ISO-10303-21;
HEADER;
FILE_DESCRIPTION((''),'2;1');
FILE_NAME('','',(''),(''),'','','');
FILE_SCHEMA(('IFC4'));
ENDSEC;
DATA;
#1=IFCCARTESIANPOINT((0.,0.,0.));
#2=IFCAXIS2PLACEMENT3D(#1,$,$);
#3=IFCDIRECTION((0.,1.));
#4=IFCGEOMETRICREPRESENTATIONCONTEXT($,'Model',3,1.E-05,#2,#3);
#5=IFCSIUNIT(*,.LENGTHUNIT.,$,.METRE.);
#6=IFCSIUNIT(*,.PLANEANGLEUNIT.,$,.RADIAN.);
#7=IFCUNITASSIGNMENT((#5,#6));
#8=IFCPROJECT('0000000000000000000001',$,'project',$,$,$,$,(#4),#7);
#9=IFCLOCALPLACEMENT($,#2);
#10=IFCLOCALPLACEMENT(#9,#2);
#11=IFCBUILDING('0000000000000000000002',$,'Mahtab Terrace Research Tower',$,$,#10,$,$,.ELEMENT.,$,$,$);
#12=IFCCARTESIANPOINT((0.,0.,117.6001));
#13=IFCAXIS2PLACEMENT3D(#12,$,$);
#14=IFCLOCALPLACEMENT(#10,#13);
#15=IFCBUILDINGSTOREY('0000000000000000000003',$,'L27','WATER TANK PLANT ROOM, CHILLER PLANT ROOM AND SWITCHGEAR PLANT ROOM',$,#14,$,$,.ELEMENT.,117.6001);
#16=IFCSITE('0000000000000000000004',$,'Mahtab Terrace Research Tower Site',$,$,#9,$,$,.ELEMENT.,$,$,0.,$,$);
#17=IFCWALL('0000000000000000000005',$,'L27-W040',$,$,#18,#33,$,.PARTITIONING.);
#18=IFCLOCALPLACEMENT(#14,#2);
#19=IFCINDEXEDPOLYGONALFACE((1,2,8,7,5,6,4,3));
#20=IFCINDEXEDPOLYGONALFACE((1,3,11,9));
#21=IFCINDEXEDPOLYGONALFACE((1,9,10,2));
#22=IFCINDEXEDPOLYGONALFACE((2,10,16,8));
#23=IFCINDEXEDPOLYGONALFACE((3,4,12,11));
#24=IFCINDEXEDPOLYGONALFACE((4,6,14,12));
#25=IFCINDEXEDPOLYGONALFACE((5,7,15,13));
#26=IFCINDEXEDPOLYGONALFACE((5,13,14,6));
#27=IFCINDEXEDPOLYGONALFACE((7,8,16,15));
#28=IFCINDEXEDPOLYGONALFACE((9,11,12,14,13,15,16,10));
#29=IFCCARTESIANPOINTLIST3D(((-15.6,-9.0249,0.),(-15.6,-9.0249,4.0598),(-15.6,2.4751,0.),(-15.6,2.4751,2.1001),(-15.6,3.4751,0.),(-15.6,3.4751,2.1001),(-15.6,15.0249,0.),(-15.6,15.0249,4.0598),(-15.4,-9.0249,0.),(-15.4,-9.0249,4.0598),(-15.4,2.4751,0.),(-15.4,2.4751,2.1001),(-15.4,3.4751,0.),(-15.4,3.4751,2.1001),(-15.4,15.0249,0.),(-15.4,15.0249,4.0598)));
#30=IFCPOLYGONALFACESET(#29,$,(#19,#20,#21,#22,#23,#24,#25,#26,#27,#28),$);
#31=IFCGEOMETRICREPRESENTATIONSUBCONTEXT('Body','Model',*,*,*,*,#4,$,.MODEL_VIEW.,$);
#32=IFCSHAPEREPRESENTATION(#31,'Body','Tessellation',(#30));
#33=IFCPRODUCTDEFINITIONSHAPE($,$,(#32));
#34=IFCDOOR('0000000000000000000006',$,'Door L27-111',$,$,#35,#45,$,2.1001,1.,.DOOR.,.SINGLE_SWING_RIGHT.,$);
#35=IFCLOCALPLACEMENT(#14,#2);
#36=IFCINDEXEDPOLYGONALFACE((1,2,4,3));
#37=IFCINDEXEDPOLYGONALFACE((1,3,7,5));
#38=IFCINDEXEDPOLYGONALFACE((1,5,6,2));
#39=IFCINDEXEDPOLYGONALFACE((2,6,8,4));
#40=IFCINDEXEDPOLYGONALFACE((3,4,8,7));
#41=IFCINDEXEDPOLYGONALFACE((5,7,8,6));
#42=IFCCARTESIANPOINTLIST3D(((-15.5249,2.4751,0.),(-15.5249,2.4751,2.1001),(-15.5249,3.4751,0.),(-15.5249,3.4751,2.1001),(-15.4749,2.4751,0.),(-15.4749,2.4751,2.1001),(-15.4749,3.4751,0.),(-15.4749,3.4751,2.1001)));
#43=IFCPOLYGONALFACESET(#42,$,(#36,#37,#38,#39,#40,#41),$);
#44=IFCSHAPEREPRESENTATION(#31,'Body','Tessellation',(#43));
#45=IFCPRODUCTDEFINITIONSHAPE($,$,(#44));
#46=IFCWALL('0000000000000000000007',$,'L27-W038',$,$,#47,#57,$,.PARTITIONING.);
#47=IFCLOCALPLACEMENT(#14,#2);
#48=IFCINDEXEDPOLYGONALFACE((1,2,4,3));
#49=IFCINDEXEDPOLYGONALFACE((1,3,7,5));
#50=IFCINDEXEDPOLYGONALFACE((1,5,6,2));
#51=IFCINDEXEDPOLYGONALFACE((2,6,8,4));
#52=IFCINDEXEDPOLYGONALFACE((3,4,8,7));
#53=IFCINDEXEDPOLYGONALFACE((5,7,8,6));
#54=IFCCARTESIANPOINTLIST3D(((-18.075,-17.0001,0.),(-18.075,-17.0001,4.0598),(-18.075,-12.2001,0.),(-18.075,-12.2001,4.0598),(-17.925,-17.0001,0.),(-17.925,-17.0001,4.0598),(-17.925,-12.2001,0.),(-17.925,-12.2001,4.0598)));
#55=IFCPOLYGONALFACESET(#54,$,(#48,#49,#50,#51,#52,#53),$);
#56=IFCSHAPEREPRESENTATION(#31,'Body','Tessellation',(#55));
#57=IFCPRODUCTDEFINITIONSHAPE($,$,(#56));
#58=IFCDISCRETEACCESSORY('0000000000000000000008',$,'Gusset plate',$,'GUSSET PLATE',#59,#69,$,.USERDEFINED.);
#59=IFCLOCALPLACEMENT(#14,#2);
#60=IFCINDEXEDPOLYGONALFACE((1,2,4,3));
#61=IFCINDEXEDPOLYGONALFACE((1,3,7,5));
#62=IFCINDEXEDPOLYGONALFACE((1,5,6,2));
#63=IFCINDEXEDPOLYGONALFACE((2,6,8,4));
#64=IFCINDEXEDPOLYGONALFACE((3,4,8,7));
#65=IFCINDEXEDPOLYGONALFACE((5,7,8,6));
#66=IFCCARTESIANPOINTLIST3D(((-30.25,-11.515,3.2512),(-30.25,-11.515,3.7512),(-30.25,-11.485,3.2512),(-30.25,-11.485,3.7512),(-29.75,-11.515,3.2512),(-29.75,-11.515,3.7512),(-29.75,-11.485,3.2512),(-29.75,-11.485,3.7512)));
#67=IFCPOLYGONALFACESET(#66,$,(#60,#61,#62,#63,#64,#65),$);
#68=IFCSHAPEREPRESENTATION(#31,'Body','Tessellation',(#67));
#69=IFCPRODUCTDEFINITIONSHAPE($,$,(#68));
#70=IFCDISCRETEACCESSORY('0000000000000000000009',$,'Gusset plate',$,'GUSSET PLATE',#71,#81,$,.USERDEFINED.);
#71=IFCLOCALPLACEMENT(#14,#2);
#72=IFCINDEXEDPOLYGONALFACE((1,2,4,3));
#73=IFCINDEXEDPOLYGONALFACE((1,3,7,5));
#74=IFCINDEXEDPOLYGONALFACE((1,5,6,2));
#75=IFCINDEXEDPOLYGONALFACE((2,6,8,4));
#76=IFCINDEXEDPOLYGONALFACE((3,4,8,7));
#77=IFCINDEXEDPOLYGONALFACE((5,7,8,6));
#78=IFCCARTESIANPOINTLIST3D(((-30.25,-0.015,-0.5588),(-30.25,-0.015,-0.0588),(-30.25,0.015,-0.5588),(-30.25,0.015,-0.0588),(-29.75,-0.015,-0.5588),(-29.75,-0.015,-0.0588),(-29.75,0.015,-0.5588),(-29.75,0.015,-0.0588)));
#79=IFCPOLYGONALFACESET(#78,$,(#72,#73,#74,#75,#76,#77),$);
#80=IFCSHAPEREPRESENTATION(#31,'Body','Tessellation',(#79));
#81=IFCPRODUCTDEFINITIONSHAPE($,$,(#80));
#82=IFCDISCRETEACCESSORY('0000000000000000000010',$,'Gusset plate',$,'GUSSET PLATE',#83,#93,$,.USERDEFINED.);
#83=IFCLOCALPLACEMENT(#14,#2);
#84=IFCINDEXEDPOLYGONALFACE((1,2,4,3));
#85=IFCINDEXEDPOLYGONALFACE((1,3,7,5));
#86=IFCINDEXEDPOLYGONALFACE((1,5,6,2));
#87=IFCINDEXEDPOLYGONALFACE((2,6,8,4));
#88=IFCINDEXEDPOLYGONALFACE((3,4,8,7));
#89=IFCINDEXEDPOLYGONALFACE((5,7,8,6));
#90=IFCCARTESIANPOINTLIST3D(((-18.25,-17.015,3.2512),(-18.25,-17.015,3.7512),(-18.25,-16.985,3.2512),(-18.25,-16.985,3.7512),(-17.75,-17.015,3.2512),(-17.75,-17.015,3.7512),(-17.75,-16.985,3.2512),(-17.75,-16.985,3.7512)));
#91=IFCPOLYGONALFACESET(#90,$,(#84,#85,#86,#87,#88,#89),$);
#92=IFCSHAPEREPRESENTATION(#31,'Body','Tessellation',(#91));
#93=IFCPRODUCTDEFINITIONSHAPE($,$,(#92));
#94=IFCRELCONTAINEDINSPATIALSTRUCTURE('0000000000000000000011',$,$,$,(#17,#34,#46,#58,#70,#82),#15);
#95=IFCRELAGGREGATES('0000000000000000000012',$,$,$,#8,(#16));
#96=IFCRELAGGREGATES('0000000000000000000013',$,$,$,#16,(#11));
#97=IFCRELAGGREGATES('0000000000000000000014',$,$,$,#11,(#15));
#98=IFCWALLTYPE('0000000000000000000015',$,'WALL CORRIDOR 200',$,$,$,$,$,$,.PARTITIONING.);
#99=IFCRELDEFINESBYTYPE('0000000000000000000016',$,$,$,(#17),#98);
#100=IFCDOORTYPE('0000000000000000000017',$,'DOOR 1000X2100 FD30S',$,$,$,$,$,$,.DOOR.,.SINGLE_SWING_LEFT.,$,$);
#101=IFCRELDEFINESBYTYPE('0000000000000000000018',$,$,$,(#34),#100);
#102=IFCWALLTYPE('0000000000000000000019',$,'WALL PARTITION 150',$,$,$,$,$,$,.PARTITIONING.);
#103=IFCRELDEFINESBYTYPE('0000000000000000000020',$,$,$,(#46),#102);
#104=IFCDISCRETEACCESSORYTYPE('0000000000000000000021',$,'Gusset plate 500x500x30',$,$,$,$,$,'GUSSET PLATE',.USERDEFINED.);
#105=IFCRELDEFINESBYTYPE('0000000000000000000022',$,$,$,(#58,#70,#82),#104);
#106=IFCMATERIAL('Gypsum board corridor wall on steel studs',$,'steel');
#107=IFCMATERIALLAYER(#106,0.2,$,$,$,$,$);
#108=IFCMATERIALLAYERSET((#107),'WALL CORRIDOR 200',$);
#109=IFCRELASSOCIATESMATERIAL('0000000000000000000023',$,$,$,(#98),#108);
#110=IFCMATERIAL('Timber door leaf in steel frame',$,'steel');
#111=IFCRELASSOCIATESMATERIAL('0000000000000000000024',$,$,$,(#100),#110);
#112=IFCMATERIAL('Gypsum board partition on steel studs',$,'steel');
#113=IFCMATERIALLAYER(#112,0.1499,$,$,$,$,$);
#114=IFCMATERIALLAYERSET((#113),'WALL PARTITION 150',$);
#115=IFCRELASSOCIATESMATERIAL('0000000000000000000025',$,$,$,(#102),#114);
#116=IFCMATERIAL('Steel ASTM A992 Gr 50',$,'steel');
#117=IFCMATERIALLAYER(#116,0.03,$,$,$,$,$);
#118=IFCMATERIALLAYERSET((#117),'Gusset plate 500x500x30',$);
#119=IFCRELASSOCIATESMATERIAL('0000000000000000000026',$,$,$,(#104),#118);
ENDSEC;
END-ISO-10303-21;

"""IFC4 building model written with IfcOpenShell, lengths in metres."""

from ifc_helpers import new_model, si_unit, direction, frame, frame_2d, origin, origin_2d, place, context, subcontext, project, spatial, rectangle, extrude, material, layer, layer_set, type_object, element, fill, save


model = new_model("IFC4")

# Units and contexts
model_context = context("Model", 3, precision=1e-05, world=origin(), true_north=direction((0.0, 1.0)))
body_context = subcontext(model_context, "Body", "Model", "MODEL_VIEW")
ifc_project = project(units=[si_unit("LENGTHUNIT", "METRE"), si_unit("PLANEANGLEUNIT", "RADIAN")], contexts=[model_context])

# Site, building, storey
site_placement = place(None, origin())
site = spatial("IfcSite", under=ifc_project, at=site_placement, Name="Mahtab Terrace Research Tower Site", CompositionType="ELEMENT", RefElevation=0.0)
building_placement = place(site_placement, origin())
building = spatial("IfcBuilding", under=site, at=building_placement, Name="Mahtab Terrace Research Tower", CompositionType="ELEMENT")
storey_placement = place(building_placement, frame((0.0, 0.0, 117.6001)))
storey = spatial("IfcBuildingStorey", under=building, at=storey_placement, Name="L27", Description="WATER TANK PLANT ROOM, CHILLER PLANT ROOM AND SWITCHGEAR PLANT ROOM", CompositionType="ELEMENT", Elevation=117.6001)

# Shared definitions
ifc_material_1 = material(Name="Gypsum board corridor wall on steel studs", Category="steel")
ifc_layer_1 = layer(ifc_material_1, 0.2)
ifc_layer_set_1 = layer_set([ifc_layer_1], Name="WALL CORRIDOR 200")
wall_type_1 = type_object("IfcWallType", Name="WALL CORRIDOR 200", PredefinedType="PARTITIONING", material=ifc_layer_set_1)
ifc_material_2 = material(Name="Timber door leaf in steel frame", Category="steel")
door_type_1 = type_object("IfcDoorType", Name="DOOR 1000X2100 FD30S", OperationType="SINGLE_SWING_LEFT", PredefinedType="DOOR", material=ifc_material_2)

# Wall, opening, door
wall_1_placement = place(storey_placement, frame((-15.5, -9.0249, 0.0), z_axis=(0.0, 0.0, 1.0), x_axis=(0.0, 1.0, 0.0)))
wall_1 = element("IfcWall", 1, at=wall_1_placement, inside=storey, type_object=wall_type_1, Name="L27-W040", PredefinedType="PARTITIONING", context=body_context, shape_type="SweptSolid", body=[
    extrude(rectangle(XDim=24.0498, YDim=0.2, at=frame_2d((12.0249, 0.0))), origin(), (0.0, 0.0, 1.0), 4.0598),
])
opening_1_placement = place(wall_1_placement, frame((11.5, 0.0, 0.0)))
opening_1 = element("IfcOpeningElement", 2, at=opening_1_placement, cuts=wall_1, PredefinedType="OPENING", context=body_context, shape_type="SweptSolid", body=[
    extrude(rectangle(XDim=1.0, YDim=2.1001, at=frame_2d((0.5, 1.05))), frame((0.0, 0.1099, 0.0), z_axis=(0.0, -1.0, 0.0), x_axis=(1.0, 0.0, 0.0)), (0.0, 0.0, 1.0), 0.22),
])
door_1_placement = place(opening_1_placement, origin())
door_1 = element("IfcDoor", 3, at=door_1_placement, inside=storey, type_object=door_type_1, Name="Door L27-111", OperationType="SINGLE_SWING_RIGHT", OverallHeight=2.1001, OverallWidth=1.0, PredefinedType="DOOR", context=body_context, shape_type="SweptSolid", body=[
    extrude(rectangle(XDim=1.0, YDim=2.1001, at=frame_2d((0.5, 1.05))), frame((0.0, 0.0249, 0.0), z_axis=(0.0, -1.0, 0.0), x_axis=(1.0, 0.0, 0.0)), (0.0, 0.0, 1.0), 0.05),
])
fill(opening_1, door_1)

# Wall
ifc_material_3 = material(Name="Gypsum board partition on steel studs", Category="steel")
ifc_layer_2 = layer(ifc_material_3, 0.1499)
ifc_layer_set_2 = layer_set([ifc_layer_2], Name="WALL PARTITION 150")
wall_type_2 = type_object("IfcWallType", Name="WALL PARTITION 150", PredefinedType="PARTITIONING", material=ifc_layer_set_2)
wall_2_placement = place(storey_placement, frame((-18.0, -17.0, 0.0), z_axis=(0.0, 0.0, 1.0), x_axis=(0.0, 1.0, 0.0)))
element("IfcWall", 4, at=wall_2_placement, inside=storey, type_object=wall_type_2, Name="L27-W038", PredefinedType="PARTITIONING", context=body_context, shape_type="SweptSolid", body=[
    extrude(rectangle(XDim=4.8, YDim=0.1499, at=frame_2d((2.3999, 0.0))), origin(), (0.0, 0.0, 1.0), 4.0598),
])

# Discrete accessories
ifc_material_4 = material(Name="Steel ASTM A992 Gr 50", Category="steel")
ifc_layer_3 = layer(ifc_material_4, 0.03)
ifc_layer_set_3 = layer_set([ifc_layer_3], Name="Gusset plate 500x500x30")
discrete_accessory_type = type_object("IfcDiscreteAccessoryType", Name="Gusset plate 500x500x30", ElementType="GUSSET PLATE", PredefinedType="USERDEFINED", material=ifc_layer_set_3)
for number, where, z_axis, x_axis, name in (
    (5, (-30.0, -11.5, 3.2512), (0.0, 0.0, 1.0), (1.0, 0.0, 0.0), "Gusset plate"),
    (6, (-30.0, 0.0, -0.5588), (0.0, 0.0, 1.0), (1.0, 0.0, 0.0), "Gusset plate"),
    (7, (-18.0, -17.0, 3.2512), (0.0, 0.0, 1.0), (1.0, 0.0, 0.0), "Gusset plate"),
):
    element("IfcDiscreteAccessory", number, at=place(storey_placement, frame(where, z_axis=z_axis, x_axis=x_axis)), inside=storey, type_object=discrete_accessory_type, Name=name, ObjectType="GUSSET PLATE", PredefinedType="USERDEFINED", context=body_context, shape_type="SweptSolid", body=[
        extrude(rectangle(XDim=0.5, YDim=0.03, at=origin_2d()), origin(), (0.0, 0.0, 1.0), 0.5),
    ])

save(model, "model.ifc")
